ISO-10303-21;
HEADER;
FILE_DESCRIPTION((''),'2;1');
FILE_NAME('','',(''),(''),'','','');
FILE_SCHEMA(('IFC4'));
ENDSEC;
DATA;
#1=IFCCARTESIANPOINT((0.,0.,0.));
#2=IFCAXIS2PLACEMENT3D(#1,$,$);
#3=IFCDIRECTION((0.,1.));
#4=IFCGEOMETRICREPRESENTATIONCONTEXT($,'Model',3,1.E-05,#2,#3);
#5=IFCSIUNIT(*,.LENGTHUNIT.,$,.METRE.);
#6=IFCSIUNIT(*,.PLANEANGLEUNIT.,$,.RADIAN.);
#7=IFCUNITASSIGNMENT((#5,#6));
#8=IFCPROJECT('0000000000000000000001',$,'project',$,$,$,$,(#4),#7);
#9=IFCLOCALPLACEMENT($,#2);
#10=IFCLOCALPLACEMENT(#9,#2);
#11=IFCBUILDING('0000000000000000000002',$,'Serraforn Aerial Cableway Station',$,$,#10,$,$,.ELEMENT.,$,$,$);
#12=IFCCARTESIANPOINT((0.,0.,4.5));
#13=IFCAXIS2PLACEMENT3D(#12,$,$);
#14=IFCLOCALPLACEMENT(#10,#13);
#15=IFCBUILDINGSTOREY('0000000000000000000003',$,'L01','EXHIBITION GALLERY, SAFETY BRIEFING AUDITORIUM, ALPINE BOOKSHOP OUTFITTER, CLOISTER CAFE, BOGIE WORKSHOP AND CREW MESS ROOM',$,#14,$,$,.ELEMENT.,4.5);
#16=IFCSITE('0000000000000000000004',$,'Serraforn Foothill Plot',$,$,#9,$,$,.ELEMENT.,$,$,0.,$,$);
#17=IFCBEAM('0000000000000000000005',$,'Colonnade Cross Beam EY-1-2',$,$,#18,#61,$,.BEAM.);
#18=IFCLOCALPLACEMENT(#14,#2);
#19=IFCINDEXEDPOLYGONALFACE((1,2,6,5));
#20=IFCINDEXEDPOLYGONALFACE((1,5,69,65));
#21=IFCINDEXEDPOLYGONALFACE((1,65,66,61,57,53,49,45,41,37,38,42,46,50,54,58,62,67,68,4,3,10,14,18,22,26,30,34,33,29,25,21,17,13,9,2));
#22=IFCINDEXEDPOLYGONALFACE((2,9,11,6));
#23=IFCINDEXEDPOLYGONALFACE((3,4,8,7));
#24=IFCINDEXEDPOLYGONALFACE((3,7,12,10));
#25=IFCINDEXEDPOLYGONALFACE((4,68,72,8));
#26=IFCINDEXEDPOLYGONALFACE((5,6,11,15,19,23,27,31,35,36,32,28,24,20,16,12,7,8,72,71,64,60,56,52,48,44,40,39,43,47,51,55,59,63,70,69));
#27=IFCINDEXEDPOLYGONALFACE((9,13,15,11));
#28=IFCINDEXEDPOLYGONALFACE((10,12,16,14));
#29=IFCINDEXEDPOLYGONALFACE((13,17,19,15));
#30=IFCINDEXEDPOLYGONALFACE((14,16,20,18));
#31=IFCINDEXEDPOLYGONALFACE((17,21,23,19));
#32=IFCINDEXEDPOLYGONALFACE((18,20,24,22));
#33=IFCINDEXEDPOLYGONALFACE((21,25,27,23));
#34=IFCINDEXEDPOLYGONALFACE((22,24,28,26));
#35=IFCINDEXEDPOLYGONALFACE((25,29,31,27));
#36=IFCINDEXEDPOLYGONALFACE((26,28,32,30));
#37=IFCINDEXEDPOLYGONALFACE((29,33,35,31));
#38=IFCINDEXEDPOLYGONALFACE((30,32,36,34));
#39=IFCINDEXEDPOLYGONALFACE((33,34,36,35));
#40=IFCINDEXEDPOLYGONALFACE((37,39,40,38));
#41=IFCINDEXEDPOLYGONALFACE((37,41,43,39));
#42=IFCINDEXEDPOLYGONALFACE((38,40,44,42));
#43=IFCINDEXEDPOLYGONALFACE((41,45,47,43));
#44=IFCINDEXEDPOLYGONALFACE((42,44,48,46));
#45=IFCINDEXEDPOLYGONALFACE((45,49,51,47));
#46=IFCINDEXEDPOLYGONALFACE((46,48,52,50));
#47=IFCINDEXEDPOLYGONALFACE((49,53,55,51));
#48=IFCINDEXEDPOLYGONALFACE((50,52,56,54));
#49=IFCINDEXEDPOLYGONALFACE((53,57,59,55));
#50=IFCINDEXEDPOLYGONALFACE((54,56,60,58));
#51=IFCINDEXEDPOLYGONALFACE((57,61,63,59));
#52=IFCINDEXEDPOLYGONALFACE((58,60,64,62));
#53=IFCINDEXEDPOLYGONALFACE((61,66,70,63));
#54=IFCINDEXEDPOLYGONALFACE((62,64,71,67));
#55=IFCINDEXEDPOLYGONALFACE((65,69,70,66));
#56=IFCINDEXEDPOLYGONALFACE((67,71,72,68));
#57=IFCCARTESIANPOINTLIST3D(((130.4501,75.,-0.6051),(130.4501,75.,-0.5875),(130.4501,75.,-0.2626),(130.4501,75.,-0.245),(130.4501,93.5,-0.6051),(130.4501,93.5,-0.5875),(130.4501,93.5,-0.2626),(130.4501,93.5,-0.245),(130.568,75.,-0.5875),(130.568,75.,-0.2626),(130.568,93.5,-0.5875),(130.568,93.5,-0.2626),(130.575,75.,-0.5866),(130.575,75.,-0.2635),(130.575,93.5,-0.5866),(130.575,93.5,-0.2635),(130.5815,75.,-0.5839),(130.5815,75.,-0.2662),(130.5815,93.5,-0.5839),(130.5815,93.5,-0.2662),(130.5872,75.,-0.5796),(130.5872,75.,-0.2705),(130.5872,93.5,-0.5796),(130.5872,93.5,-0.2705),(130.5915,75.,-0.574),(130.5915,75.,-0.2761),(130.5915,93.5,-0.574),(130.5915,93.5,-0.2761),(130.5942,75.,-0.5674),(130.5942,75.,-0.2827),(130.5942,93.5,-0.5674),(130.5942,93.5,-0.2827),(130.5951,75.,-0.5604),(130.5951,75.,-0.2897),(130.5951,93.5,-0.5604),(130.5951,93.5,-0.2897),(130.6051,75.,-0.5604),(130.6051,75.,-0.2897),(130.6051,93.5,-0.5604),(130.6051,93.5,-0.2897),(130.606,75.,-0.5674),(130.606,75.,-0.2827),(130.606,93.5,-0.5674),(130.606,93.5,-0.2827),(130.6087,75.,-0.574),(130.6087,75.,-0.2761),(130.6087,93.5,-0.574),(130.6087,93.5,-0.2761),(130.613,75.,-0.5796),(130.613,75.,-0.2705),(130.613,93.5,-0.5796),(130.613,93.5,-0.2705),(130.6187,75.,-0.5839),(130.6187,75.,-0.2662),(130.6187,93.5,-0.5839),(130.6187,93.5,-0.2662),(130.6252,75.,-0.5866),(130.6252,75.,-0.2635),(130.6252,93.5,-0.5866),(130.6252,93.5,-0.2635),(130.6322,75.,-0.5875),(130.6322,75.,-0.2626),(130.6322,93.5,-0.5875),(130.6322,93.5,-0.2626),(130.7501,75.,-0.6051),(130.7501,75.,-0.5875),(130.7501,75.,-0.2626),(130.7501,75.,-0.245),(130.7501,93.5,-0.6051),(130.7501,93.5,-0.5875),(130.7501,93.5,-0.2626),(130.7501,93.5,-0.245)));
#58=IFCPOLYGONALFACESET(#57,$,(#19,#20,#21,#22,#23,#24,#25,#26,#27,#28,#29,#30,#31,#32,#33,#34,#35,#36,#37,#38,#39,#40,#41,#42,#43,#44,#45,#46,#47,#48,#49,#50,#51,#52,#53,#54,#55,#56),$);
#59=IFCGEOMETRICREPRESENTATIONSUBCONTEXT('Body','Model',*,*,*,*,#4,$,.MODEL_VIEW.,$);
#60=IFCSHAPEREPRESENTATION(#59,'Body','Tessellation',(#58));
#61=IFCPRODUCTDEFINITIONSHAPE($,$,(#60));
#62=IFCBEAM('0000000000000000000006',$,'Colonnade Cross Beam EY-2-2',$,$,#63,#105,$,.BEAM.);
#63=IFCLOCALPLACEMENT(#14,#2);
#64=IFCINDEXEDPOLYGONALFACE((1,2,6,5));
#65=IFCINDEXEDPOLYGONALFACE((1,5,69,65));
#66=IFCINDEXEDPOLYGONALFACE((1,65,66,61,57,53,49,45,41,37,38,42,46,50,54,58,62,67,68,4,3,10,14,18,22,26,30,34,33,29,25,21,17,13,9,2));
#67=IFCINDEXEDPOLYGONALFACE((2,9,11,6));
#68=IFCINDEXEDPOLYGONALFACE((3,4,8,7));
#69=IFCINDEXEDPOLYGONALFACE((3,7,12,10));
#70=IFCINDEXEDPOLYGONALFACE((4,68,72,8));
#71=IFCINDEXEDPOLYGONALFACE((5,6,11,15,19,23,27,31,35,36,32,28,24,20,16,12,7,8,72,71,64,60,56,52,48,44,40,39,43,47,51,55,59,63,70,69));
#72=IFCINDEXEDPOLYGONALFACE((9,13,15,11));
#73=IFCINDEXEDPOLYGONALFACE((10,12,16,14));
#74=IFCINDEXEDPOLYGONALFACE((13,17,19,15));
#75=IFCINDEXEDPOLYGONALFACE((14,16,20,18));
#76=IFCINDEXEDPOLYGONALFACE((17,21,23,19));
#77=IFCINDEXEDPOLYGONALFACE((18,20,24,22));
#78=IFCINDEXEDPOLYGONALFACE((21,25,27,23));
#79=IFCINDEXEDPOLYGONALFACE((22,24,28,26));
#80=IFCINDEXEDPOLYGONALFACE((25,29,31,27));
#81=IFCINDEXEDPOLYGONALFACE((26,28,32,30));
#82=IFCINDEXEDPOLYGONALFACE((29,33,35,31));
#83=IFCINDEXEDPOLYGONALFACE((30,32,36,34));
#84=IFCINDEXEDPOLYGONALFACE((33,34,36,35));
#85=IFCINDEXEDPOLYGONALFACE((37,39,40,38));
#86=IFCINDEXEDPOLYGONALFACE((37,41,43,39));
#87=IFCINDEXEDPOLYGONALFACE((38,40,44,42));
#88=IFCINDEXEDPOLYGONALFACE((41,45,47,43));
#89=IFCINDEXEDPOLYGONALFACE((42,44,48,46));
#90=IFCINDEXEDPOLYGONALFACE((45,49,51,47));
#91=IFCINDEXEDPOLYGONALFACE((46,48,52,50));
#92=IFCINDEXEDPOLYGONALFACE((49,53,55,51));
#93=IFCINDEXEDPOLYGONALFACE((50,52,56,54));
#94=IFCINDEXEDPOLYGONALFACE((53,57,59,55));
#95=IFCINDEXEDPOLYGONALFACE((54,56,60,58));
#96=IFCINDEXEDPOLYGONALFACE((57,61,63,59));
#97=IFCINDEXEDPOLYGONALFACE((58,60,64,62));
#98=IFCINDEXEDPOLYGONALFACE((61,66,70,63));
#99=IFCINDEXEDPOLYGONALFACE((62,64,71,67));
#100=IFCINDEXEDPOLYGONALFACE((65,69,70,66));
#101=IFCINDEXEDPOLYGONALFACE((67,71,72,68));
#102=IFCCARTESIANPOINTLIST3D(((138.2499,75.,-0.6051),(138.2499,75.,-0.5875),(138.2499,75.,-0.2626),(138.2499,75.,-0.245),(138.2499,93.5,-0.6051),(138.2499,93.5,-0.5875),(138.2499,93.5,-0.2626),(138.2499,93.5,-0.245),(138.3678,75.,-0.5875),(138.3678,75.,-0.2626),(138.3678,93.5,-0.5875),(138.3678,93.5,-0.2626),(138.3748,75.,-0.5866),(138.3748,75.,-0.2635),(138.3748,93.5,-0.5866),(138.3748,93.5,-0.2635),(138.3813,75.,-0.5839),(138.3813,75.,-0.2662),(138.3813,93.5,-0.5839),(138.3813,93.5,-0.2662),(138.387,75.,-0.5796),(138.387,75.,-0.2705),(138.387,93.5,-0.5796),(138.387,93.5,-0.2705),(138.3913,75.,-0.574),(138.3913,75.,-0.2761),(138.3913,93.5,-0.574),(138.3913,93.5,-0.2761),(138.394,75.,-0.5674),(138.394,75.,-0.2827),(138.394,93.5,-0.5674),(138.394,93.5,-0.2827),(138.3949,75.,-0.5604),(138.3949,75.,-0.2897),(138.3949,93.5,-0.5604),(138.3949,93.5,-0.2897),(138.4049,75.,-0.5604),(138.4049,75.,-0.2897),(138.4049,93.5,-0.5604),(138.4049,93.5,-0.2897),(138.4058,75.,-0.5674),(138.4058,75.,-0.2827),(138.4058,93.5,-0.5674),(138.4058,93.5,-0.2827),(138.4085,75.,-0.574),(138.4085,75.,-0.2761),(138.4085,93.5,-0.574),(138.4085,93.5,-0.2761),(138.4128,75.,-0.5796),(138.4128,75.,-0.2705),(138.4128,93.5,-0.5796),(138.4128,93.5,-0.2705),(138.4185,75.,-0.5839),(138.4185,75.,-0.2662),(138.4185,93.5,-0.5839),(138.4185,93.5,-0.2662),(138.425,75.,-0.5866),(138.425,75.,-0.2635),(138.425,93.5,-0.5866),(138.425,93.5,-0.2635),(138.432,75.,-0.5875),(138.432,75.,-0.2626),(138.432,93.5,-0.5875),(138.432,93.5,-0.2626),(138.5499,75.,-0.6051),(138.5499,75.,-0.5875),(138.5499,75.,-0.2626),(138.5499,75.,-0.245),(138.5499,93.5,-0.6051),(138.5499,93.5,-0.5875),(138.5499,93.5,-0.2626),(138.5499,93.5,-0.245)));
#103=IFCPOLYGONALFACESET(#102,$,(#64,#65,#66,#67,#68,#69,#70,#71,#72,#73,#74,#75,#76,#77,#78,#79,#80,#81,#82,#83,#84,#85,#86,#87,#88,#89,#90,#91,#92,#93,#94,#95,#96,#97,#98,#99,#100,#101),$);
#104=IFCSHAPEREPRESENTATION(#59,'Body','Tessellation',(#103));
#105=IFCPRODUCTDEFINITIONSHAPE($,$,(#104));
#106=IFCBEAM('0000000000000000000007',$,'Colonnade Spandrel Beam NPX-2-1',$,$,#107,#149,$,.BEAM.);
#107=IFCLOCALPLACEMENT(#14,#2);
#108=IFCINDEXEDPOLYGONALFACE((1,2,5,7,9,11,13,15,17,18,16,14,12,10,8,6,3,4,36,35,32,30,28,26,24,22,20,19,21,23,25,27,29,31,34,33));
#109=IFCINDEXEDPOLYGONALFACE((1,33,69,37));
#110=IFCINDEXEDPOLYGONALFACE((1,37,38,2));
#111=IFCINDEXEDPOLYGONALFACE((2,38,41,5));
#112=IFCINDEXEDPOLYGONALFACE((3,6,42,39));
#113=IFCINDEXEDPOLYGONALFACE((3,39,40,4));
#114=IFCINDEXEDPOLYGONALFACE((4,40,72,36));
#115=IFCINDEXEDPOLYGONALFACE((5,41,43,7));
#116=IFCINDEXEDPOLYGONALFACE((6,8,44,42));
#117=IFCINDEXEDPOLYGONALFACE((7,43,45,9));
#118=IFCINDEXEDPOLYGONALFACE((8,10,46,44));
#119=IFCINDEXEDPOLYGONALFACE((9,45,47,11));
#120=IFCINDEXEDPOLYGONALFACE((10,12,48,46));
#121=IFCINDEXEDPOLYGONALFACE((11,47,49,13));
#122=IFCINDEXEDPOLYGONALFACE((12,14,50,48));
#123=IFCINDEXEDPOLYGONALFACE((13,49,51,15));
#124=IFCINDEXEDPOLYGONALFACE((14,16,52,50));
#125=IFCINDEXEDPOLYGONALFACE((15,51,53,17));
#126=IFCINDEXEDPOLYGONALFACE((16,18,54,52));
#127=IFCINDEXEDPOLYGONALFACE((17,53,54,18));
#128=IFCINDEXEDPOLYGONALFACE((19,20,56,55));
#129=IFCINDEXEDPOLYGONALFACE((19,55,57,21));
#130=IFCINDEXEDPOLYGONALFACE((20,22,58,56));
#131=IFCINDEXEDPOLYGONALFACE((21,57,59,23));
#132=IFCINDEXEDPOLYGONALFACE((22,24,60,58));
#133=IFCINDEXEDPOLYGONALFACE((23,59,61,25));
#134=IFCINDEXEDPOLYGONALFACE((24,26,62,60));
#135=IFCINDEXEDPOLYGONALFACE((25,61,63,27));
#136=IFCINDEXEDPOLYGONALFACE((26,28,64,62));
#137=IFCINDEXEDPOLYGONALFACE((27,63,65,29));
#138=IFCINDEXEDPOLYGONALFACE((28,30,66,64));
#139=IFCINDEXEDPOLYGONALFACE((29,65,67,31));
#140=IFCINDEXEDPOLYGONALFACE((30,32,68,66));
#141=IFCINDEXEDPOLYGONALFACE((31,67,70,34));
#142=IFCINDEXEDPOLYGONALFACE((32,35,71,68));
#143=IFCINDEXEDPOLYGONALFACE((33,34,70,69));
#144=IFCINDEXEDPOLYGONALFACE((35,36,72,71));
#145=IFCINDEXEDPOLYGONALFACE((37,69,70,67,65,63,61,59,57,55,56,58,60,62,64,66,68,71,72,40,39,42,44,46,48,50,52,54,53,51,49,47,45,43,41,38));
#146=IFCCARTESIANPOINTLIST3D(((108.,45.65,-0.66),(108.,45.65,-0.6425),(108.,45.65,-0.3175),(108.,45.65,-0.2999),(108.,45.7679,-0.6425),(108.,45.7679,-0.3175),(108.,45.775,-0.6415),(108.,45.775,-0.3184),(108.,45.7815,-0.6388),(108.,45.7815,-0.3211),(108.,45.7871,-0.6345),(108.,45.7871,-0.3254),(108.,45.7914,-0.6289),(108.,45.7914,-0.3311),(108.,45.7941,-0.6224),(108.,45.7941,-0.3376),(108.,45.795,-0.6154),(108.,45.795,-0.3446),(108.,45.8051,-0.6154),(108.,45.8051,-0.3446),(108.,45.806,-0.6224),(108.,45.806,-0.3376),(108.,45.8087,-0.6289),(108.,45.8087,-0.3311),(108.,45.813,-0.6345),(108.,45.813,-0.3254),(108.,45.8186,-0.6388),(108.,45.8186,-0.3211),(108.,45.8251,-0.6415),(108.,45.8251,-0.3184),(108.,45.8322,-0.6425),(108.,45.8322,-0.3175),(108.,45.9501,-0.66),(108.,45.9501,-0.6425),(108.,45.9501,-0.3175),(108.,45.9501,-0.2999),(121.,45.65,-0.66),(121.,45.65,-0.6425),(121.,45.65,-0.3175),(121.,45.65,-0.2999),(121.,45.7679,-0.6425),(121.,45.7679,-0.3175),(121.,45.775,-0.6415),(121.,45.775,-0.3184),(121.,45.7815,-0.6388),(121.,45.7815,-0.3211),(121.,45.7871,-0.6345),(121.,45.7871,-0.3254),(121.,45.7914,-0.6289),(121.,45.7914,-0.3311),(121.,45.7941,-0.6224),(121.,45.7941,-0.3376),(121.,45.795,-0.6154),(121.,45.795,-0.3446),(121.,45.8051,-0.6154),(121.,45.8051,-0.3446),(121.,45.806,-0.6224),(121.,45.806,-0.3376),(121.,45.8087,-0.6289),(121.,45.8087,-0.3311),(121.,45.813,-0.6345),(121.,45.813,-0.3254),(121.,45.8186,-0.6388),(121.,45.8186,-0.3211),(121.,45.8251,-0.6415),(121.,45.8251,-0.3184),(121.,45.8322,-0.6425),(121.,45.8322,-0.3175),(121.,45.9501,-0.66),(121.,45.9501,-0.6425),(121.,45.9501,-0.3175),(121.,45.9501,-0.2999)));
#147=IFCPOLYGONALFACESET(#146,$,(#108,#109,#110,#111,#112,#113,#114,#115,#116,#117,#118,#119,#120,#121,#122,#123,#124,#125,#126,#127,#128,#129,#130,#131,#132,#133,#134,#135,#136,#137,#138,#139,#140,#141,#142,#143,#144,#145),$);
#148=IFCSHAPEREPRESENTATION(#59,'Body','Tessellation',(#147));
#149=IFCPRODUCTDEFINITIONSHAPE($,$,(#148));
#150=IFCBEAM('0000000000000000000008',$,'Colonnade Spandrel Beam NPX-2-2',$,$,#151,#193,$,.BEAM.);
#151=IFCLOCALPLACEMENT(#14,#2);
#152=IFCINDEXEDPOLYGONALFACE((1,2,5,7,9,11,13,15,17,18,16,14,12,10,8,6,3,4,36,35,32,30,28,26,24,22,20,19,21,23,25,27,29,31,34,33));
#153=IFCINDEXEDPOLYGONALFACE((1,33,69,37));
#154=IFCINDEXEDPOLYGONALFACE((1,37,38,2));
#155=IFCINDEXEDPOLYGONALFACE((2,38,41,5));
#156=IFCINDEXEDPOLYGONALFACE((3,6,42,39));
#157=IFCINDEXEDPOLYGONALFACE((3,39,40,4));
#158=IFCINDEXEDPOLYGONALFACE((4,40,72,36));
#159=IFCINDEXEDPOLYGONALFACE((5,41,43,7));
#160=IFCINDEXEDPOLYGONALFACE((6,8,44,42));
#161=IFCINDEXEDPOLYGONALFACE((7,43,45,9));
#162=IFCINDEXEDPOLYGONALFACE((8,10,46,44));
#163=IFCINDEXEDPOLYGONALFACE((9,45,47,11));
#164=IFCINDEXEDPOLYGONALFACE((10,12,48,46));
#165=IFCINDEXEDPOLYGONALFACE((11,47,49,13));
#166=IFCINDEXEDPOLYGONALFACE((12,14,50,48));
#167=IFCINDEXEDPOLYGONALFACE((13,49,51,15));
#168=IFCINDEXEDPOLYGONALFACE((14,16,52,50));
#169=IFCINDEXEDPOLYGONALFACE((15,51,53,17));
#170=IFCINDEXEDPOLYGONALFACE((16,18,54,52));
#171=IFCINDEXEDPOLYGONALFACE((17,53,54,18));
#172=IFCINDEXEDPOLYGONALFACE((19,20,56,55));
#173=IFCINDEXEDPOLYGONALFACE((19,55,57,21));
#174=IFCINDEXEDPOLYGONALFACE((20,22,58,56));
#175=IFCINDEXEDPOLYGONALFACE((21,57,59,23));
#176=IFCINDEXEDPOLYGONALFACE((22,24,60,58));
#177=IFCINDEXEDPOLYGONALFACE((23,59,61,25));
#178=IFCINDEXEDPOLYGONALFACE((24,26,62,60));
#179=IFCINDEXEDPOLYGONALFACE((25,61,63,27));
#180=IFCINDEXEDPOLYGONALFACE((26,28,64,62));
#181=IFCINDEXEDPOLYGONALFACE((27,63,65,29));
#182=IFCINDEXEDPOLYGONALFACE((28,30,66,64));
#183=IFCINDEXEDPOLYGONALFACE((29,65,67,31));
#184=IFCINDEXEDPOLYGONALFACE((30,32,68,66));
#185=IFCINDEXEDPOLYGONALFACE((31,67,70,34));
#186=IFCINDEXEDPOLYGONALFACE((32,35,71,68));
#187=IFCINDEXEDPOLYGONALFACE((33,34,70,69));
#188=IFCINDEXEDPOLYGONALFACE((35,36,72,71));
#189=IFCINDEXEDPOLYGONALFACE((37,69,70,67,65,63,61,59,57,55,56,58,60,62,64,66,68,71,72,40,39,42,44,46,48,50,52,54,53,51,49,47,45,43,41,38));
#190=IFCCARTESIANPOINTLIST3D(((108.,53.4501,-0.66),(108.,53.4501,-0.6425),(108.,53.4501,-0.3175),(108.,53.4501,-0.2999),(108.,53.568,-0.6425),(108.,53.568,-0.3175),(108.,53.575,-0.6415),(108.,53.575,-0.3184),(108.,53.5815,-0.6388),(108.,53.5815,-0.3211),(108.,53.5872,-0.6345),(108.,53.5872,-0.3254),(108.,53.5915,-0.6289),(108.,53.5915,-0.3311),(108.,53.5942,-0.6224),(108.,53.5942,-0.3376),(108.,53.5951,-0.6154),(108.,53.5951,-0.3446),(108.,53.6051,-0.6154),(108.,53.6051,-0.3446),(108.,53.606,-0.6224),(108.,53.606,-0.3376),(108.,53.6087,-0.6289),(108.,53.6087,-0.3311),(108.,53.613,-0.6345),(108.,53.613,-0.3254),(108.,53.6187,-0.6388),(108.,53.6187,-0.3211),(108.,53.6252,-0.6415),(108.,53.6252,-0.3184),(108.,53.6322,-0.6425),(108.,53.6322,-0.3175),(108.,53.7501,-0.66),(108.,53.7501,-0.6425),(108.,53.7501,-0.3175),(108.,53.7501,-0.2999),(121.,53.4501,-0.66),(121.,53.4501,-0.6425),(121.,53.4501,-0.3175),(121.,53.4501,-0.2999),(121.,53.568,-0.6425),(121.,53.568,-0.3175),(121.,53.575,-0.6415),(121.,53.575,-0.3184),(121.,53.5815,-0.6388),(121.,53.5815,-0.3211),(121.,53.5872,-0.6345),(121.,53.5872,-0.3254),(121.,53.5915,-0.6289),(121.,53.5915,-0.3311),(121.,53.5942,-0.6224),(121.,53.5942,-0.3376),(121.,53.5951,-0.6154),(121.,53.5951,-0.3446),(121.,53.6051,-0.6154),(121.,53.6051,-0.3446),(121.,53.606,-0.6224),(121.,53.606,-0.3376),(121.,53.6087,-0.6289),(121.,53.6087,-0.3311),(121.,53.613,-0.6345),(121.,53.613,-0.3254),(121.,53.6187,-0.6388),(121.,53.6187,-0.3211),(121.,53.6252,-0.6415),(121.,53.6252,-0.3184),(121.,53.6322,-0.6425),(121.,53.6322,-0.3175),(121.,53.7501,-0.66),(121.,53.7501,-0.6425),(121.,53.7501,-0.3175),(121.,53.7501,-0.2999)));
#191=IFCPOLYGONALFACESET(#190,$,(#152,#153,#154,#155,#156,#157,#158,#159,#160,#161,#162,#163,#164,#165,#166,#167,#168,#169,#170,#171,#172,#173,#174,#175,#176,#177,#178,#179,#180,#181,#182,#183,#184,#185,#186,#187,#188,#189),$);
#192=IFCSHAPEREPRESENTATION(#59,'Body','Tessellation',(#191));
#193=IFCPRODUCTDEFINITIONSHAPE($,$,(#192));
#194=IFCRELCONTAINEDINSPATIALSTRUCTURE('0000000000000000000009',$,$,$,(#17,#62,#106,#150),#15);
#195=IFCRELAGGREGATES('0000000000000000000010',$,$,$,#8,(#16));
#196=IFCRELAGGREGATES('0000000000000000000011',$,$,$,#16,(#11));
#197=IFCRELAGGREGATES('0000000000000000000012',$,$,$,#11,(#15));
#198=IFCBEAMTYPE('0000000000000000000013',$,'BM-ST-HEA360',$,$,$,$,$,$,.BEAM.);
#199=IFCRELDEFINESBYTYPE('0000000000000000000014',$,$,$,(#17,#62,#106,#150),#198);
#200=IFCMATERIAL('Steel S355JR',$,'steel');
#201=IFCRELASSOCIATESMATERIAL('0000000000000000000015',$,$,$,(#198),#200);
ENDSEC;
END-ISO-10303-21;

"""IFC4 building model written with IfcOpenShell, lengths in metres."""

from ifc_helpers import new_model, si_unit, direction, frame, origin, origin_2d, place, context, subcontext, project, spatial, i_section, extrude, material, material_profile, profile_set, type_object, element, save


model = new_model("IFC4")

# Units and contexts
model_context = context("Model", 3, precision=1e-05, world=origin(), true_north=direction((0.0, 1.0)))
body_context = subcontext(model_context, "Body", "Model", "MODEL_VIEW")
ifc_project = project(units=[si_unit("LENGTHUNIT", "METRE"), si_unit("PLANEANGLEUNIT", "RADIAN")], contexts=[model_context])

# Site, building, storey
site_placement = place(None, origin())
site = spatial("IfcSite", under=ifc_project, at=site_placement, Name="Serraforn Foothill Plot", CompositionType="ELEMENT", RefElevation=0.0)
building_placement = place(site_placement, origin())
building = spatial("IfcBuilding", under=site, at=building_placement, Name="Serraforn Aerial Cableway Station", CompositionType="ELEMENT")
storey_placement = place(building_placement, frame((0.0, 0.0, 4.5)))
storey = spatial("IfcBuildingStorey", under=building, at=storey_placement, Name="L01", Description="EXHIBITION GALLERY, SAFETY BRIEFING AUDITORIUM, ALPINE BOOKSHOP OUTFITTER, CLOISTER CAFE, BOGIE WORKSHOP AND CREW MESS ROOM", CompositionType="ELEMENT", Elevation=4.5)

# Beams
ifc_material_1 = material(Name="Steel S355JR", Category="steel")
ifc_material_profile_1 = material_profile(ifc_material_1, i_section(OverallWidth=0.3, OverallDepth=0.3601, WebThickness=0.01, FlangeThickness=0.0176, FilletRadius=0.0271, at=origin_2d()), Name="HEA 360")
ifc_profile_set_1 = profile_set([ifc_material_profile_1], Name="Steel S355JR")
beam_type = type_object("IfcBeamType", Name="BM-ST-HEA360", PredefinedType="BEAM", material=ifc_profile_set_1)
for number, where, z_axis, x_axis, name in (
    (1, (130.6001, 75.0, -0.425), (0.0, 1.0, 0.0), (-1.0, 0.0, 0.0), "Colonnade Cross Beam EY-1-2"),
    (2, (138.3999, 75.0, -0.425), (0.0, 1.0, 0.0), (-1.0, 0.0, 0.0), "Colonnade Cross Beam EY-2-2"),
):
    element("IfcBeam", number, at=place(storey_placement, frame(where, z_axis=z_axis, x_axis=x_axis)), inside=storey, type_object=beam_type, Name=name, PredefinedType="BEAM", context=body_context, shape_type="SweptSolid", body=[
        extrude(i_section(OverallWidth=0.3, OverallDepth=0.3601, WebThickness=0.01, FlangeThickness=0.0176, FilletRadius=0.0271, at=origin_2d()), origin(), (0.0, 0.0, 1.0), 18.5),
    ])
for number, where, z_axis, x_axis, name in (
    (3, (108.0, 45.8, -0.48), (1.0, 0.0, 0.0), (0.0, 1.0, 0.0), "Colonnade Spandrel Beam NPX-2-1"),
    (4, (108.0, 53.6001, -0.48), (1.0, 0.0, 0.0), (0.0, 1.0, 0.0), "Colonnade Spandrel Beam NPX-2-2"),
):
    element("IfcBeam", number, at=place(storey_placement, frame(where, z_axis=z_axis, x_axis=x_axis)), inside=storey, type_object=beam_type, Name=name, PredefinedType="BEAM", context=body_context, shape_type="SweptSolid", body=[
        extrude(i_section(OverallWidth=0.3, OverallDepth=0.3601, WebThickness=0.01, FlangeThickness=0.0176, FilletRadius=0.0271, at=origin_2d()), origin(), (0.0, 0.0, 1.0), 13.0),
    ])

save(model, "model.ifc")
